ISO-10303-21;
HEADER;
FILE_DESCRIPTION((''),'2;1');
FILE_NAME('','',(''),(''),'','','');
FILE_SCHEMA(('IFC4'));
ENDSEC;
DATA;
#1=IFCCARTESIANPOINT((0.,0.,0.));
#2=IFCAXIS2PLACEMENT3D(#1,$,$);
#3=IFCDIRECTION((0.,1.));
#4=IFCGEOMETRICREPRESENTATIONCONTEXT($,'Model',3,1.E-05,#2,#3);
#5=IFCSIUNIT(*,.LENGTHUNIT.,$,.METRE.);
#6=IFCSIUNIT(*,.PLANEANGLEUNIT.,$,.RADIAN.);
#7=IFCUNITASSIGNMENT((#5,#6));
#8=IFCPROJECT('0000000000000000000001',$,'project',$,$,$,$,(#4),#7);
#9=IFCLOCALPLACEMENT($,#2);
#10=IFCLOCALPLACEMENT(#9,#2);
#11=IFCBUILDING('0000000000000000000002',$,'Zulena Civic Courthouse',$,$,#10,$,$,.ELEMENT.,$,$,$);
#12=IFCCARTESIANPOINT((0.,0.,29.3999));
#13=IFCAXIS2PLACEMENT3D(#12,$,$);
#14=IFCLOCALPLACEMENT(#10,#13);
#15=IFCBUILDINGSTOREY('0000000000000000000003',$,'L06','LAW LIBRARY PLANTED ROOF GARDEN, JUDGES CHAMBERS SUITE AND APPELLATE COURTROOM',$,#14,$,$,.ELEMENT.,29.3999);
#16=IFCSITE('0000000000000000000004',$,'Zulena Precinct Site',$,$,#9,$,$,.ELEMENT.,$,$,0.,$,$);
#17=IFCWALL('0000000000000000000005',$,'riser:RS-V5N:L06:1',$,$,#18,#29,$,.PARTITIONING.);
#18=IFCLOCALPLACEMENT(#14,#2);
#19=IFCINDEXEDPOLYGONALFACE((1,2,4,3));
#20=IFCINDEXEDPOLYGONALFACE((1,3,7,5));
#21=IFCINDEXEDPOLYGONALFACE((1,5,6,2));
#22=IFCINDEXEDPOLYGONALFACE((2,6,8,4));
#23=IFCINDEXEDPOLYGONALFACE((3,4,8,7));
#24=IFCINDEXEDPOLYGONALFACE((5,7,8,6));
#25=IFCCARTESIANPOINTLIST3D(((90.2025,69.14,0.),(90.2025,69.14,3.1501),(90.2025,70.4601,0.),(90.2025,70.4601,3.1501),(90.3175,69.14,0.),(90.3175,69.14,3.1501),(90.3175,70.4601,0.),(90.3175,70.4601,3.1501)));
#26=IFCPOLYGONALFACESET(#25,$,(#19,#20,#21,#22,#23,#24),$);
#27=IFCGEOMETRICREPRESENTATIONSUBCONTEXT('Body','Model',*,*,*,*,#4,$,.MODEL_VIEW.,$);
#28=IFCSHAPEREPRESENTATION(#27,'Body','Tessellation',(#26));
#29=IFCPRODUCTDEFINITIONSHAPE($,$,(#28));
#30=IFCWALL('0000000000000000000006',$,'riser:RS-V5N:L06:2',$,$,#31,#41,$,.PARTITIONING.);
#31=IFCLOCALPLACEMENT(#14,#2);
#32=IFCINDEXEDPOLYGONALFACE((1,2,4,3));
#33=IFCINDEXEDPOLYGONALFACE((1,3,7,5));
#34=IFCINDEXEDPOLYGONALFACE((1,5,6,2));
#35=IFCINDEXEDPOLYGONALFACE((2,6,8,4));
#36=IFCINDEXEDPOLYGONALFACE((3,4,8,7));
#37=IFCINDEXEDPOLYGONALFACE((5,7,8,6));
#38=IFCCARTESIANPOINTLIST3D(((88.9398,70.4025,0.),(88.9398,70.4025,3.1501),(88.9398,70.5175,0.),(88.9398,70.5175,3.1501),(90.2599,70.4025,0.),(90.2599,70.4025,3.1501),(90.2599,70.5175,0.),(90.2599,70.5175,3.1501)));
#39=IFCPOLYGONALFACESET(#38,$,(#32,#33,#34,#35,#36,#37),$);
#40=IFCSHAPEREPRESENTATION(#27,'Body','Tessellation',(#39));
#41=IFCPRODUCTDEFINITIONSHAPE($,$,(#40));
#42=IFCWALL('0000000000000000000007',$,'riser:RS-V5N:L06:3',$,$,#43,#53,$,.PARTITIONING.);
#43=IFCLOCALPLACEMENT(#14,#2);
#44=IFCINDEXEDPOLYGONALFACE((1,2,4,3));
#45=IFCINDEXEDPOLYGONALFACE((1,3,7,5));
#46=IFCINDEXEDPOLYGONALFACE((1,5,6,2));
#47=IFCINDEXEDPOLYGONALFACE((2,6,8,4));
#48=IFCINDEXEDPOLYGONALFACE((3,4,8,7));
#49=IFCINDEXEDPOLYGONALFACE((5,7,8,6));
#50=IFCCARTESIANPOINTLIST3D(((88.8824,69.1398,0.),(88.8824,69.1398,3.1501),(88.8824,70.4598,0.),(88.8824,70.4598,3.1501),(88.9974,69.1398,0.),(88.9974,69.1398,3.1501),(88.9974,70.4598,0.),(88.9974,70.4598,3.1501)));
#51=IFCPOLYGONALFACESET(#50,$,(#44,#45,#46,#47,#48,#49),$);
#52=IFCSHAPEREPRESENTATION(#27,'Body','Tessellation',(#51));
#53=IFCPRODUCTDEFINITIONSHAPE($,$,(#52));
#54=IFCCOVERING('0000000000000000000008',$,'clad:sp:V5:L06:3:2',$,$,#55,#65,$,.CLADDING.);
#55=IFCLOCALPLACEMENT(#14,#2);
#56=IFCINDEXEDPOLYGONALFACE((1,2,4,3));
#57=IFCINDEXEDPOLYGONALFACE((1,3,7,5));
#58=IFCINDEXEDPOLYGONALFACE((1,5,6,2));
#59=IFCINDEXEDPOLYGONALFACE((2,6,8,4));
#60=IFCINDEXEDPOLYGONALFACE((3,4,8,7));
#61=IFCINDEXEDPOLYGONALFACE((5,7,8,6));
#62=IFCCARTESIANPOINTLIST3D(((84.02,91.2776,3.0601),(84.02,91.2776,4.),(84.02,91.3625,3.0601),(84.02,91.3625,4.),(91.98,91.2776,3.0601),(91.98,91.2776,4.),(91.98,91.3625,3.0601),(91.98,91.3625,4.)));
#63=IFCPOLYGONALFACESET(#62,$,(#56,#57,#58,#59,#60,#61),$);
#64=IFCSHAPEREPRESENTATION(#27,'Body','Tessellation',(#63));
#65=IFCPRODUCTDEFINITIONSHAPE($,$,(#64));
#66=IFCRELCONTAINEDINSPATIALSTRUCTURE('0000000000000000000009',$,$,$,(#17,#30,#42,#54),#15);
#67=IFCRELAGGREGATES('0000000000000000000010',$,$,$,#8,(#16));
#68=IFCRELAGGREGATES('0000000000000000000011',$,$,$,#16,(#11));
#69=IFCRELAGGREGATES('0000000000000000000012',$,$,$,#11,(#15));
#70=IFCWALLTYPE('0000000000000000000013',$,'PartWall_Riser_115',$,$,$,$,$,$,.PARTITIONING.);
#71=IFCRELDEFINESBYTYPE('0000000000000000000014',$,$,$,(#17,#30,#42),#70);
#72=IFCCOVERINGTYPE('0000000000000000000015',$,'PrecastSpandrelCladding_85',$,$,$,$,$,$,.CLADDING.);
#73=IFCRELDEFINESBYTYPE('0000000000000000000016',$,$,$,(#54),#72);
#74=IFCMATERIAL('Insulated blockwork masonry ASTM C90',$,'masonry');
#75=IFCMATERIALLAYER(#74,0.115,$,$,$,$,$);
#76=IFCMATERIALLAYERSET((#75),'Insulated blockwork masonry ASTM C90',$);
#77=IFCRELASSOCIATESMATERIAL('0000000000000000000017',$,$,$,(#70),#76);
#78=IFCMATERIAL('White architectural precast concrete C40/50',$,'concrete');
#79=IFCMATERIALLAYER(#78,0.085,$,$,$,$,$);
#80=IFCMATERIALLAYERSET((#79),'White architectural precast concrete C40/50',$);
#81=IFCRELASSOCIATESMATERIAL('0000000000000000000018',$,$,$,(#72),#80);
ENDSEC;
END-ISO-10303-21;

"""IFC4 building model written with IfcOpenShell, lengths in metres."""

from ifc_helpers import new_model, si_unit, direction, frame, frame_2d, origin, origin_2d, place, context, subcontext, project, spatial, rectangle, extrude, material, layer, layer_set, type_object, element, save


model = new_model("IFC4")

# Units and contexts
model_context = context("Model", 3, precision=1e-05, world=origin(), true_north=direction((0.0, 1.0)))
body_context = subcontext(model_context, "Body", "Model", "MODEL_VIEW")
ifc_project = project(units=[si_unit("LENGTHUNIT", "METRE"), si_unit("PLANEANGLEUNIT", "RADIAN")], contexts=[model_context])

# Site, building, storey
site_placement = place(None, origin())
site = spatial("IfcSite", under=ifc_project, at=site_placement, Name="Zulena Precinct Site", CompositionType="ELEMENT", RefElevation=0.0)
building_placement = place(site_placement, origin())
building = spatial("IfcBuilding", under=site, at=building_placement, Name="Zulena Civic Courthouse", CompositionType="ELEMENT")
storey_placement = place(building_placement, frame((0.0, 0.0, 29.3999)))
storey = spatial("IfcBuildingStorey", under=building, at=storey_placement, Name="L06", Description="LAW LIBRARY PLANTED ROOF GARDEN, JUDGES CHAMBERS SUITE AND APPELLATE COURTROOM", CompositionType="ELEMENT", Elevation=29.3999)

# Walls
ifc_material_1 = material(Name="Insulated blockwork masonry ASTM C90", Category="masonry")
ifc_layer_1 = layer(ifc_material_1, 0.115)
ifc_layer_set_1 = layer_set([ifc_layer_1], Name="Insulated blockwork masonry ASTM C90")
wall_type_1 = type_object("IfcWallType", Name="PartWall_Riser_115", PredefinedType="PARTITIONING", material=ifc_layer_set_1)
for number, where, z_axis, x_axis, name in (
    (1, (90.26, 69.1399, 0.0), (0.0, 0.0, 1.0), (0.0, 1.0, 0.0), "riser:RS-V5N:L06:1"),
    (2, (90.26, 70.46, 0.0), (0.0, 0.0, 1.0), (-1.0, 0.0, 0.0), "riser:RS-V5N:L06:2"),
    (3, (88.9399, 70.46, 0.0), (0.0, 0.0, 1.0), (0.0, -1.0, 0.0), "riser:RS-V5N:L06:3"),
):
    element("IfcWall", number, at=place(storey_placement, frame(where, z_axis=z_axis, x_axis=x_axis)), inside=storey, type_object=wall_type_1, Name=name, PredefinedType="PARTITIONING", context=body_context, shape_type="SweptSolid", body=[
        extrude(rectangle(XDim=1.3201, YDim=0.115, at=frame_2d((0.6602, 0.0))), origin(), (0.0, 0.0, 1.0), 3.1501),
    ])

# Covering
ifc_material_2 = material(Name="White architectural precast concrete C40/50", Category="concrete")
ifc_layer_2 = layer(ifc_material_2, 0.085)
ifc_layer_set_2 = layer_set([ifc_layer_2], Name="White architectural precast concrete C40/50")
covering_type = type_object("IfcCoveringType", Name="PrecastSpandrelCladding_85", PredefinedType="CLADDING", material=ifc_layer_set_2)
covering_placement = place(storey_placement, frame((88.0, 91.3201, 3.0601), z_axis=(0.0, 0.0, 1.0), x_axis=(1.0, 0.0, 0.0)))
element("IfcCovering", 4, at=covering_placement, inside=storey, type_object=covering_type, Name="clad:sp:V5:L06:3:2", PredefinedType="CLADDING", context=body_context, shape_type="SweptSolid", body=[
    extrude(rectangle(XDim=7.96, YDim=0.085, at=origin_2d()), origin(), (0.0, 0.0, 1.0), 0.9399),
])

save(model, "model.ifc")
